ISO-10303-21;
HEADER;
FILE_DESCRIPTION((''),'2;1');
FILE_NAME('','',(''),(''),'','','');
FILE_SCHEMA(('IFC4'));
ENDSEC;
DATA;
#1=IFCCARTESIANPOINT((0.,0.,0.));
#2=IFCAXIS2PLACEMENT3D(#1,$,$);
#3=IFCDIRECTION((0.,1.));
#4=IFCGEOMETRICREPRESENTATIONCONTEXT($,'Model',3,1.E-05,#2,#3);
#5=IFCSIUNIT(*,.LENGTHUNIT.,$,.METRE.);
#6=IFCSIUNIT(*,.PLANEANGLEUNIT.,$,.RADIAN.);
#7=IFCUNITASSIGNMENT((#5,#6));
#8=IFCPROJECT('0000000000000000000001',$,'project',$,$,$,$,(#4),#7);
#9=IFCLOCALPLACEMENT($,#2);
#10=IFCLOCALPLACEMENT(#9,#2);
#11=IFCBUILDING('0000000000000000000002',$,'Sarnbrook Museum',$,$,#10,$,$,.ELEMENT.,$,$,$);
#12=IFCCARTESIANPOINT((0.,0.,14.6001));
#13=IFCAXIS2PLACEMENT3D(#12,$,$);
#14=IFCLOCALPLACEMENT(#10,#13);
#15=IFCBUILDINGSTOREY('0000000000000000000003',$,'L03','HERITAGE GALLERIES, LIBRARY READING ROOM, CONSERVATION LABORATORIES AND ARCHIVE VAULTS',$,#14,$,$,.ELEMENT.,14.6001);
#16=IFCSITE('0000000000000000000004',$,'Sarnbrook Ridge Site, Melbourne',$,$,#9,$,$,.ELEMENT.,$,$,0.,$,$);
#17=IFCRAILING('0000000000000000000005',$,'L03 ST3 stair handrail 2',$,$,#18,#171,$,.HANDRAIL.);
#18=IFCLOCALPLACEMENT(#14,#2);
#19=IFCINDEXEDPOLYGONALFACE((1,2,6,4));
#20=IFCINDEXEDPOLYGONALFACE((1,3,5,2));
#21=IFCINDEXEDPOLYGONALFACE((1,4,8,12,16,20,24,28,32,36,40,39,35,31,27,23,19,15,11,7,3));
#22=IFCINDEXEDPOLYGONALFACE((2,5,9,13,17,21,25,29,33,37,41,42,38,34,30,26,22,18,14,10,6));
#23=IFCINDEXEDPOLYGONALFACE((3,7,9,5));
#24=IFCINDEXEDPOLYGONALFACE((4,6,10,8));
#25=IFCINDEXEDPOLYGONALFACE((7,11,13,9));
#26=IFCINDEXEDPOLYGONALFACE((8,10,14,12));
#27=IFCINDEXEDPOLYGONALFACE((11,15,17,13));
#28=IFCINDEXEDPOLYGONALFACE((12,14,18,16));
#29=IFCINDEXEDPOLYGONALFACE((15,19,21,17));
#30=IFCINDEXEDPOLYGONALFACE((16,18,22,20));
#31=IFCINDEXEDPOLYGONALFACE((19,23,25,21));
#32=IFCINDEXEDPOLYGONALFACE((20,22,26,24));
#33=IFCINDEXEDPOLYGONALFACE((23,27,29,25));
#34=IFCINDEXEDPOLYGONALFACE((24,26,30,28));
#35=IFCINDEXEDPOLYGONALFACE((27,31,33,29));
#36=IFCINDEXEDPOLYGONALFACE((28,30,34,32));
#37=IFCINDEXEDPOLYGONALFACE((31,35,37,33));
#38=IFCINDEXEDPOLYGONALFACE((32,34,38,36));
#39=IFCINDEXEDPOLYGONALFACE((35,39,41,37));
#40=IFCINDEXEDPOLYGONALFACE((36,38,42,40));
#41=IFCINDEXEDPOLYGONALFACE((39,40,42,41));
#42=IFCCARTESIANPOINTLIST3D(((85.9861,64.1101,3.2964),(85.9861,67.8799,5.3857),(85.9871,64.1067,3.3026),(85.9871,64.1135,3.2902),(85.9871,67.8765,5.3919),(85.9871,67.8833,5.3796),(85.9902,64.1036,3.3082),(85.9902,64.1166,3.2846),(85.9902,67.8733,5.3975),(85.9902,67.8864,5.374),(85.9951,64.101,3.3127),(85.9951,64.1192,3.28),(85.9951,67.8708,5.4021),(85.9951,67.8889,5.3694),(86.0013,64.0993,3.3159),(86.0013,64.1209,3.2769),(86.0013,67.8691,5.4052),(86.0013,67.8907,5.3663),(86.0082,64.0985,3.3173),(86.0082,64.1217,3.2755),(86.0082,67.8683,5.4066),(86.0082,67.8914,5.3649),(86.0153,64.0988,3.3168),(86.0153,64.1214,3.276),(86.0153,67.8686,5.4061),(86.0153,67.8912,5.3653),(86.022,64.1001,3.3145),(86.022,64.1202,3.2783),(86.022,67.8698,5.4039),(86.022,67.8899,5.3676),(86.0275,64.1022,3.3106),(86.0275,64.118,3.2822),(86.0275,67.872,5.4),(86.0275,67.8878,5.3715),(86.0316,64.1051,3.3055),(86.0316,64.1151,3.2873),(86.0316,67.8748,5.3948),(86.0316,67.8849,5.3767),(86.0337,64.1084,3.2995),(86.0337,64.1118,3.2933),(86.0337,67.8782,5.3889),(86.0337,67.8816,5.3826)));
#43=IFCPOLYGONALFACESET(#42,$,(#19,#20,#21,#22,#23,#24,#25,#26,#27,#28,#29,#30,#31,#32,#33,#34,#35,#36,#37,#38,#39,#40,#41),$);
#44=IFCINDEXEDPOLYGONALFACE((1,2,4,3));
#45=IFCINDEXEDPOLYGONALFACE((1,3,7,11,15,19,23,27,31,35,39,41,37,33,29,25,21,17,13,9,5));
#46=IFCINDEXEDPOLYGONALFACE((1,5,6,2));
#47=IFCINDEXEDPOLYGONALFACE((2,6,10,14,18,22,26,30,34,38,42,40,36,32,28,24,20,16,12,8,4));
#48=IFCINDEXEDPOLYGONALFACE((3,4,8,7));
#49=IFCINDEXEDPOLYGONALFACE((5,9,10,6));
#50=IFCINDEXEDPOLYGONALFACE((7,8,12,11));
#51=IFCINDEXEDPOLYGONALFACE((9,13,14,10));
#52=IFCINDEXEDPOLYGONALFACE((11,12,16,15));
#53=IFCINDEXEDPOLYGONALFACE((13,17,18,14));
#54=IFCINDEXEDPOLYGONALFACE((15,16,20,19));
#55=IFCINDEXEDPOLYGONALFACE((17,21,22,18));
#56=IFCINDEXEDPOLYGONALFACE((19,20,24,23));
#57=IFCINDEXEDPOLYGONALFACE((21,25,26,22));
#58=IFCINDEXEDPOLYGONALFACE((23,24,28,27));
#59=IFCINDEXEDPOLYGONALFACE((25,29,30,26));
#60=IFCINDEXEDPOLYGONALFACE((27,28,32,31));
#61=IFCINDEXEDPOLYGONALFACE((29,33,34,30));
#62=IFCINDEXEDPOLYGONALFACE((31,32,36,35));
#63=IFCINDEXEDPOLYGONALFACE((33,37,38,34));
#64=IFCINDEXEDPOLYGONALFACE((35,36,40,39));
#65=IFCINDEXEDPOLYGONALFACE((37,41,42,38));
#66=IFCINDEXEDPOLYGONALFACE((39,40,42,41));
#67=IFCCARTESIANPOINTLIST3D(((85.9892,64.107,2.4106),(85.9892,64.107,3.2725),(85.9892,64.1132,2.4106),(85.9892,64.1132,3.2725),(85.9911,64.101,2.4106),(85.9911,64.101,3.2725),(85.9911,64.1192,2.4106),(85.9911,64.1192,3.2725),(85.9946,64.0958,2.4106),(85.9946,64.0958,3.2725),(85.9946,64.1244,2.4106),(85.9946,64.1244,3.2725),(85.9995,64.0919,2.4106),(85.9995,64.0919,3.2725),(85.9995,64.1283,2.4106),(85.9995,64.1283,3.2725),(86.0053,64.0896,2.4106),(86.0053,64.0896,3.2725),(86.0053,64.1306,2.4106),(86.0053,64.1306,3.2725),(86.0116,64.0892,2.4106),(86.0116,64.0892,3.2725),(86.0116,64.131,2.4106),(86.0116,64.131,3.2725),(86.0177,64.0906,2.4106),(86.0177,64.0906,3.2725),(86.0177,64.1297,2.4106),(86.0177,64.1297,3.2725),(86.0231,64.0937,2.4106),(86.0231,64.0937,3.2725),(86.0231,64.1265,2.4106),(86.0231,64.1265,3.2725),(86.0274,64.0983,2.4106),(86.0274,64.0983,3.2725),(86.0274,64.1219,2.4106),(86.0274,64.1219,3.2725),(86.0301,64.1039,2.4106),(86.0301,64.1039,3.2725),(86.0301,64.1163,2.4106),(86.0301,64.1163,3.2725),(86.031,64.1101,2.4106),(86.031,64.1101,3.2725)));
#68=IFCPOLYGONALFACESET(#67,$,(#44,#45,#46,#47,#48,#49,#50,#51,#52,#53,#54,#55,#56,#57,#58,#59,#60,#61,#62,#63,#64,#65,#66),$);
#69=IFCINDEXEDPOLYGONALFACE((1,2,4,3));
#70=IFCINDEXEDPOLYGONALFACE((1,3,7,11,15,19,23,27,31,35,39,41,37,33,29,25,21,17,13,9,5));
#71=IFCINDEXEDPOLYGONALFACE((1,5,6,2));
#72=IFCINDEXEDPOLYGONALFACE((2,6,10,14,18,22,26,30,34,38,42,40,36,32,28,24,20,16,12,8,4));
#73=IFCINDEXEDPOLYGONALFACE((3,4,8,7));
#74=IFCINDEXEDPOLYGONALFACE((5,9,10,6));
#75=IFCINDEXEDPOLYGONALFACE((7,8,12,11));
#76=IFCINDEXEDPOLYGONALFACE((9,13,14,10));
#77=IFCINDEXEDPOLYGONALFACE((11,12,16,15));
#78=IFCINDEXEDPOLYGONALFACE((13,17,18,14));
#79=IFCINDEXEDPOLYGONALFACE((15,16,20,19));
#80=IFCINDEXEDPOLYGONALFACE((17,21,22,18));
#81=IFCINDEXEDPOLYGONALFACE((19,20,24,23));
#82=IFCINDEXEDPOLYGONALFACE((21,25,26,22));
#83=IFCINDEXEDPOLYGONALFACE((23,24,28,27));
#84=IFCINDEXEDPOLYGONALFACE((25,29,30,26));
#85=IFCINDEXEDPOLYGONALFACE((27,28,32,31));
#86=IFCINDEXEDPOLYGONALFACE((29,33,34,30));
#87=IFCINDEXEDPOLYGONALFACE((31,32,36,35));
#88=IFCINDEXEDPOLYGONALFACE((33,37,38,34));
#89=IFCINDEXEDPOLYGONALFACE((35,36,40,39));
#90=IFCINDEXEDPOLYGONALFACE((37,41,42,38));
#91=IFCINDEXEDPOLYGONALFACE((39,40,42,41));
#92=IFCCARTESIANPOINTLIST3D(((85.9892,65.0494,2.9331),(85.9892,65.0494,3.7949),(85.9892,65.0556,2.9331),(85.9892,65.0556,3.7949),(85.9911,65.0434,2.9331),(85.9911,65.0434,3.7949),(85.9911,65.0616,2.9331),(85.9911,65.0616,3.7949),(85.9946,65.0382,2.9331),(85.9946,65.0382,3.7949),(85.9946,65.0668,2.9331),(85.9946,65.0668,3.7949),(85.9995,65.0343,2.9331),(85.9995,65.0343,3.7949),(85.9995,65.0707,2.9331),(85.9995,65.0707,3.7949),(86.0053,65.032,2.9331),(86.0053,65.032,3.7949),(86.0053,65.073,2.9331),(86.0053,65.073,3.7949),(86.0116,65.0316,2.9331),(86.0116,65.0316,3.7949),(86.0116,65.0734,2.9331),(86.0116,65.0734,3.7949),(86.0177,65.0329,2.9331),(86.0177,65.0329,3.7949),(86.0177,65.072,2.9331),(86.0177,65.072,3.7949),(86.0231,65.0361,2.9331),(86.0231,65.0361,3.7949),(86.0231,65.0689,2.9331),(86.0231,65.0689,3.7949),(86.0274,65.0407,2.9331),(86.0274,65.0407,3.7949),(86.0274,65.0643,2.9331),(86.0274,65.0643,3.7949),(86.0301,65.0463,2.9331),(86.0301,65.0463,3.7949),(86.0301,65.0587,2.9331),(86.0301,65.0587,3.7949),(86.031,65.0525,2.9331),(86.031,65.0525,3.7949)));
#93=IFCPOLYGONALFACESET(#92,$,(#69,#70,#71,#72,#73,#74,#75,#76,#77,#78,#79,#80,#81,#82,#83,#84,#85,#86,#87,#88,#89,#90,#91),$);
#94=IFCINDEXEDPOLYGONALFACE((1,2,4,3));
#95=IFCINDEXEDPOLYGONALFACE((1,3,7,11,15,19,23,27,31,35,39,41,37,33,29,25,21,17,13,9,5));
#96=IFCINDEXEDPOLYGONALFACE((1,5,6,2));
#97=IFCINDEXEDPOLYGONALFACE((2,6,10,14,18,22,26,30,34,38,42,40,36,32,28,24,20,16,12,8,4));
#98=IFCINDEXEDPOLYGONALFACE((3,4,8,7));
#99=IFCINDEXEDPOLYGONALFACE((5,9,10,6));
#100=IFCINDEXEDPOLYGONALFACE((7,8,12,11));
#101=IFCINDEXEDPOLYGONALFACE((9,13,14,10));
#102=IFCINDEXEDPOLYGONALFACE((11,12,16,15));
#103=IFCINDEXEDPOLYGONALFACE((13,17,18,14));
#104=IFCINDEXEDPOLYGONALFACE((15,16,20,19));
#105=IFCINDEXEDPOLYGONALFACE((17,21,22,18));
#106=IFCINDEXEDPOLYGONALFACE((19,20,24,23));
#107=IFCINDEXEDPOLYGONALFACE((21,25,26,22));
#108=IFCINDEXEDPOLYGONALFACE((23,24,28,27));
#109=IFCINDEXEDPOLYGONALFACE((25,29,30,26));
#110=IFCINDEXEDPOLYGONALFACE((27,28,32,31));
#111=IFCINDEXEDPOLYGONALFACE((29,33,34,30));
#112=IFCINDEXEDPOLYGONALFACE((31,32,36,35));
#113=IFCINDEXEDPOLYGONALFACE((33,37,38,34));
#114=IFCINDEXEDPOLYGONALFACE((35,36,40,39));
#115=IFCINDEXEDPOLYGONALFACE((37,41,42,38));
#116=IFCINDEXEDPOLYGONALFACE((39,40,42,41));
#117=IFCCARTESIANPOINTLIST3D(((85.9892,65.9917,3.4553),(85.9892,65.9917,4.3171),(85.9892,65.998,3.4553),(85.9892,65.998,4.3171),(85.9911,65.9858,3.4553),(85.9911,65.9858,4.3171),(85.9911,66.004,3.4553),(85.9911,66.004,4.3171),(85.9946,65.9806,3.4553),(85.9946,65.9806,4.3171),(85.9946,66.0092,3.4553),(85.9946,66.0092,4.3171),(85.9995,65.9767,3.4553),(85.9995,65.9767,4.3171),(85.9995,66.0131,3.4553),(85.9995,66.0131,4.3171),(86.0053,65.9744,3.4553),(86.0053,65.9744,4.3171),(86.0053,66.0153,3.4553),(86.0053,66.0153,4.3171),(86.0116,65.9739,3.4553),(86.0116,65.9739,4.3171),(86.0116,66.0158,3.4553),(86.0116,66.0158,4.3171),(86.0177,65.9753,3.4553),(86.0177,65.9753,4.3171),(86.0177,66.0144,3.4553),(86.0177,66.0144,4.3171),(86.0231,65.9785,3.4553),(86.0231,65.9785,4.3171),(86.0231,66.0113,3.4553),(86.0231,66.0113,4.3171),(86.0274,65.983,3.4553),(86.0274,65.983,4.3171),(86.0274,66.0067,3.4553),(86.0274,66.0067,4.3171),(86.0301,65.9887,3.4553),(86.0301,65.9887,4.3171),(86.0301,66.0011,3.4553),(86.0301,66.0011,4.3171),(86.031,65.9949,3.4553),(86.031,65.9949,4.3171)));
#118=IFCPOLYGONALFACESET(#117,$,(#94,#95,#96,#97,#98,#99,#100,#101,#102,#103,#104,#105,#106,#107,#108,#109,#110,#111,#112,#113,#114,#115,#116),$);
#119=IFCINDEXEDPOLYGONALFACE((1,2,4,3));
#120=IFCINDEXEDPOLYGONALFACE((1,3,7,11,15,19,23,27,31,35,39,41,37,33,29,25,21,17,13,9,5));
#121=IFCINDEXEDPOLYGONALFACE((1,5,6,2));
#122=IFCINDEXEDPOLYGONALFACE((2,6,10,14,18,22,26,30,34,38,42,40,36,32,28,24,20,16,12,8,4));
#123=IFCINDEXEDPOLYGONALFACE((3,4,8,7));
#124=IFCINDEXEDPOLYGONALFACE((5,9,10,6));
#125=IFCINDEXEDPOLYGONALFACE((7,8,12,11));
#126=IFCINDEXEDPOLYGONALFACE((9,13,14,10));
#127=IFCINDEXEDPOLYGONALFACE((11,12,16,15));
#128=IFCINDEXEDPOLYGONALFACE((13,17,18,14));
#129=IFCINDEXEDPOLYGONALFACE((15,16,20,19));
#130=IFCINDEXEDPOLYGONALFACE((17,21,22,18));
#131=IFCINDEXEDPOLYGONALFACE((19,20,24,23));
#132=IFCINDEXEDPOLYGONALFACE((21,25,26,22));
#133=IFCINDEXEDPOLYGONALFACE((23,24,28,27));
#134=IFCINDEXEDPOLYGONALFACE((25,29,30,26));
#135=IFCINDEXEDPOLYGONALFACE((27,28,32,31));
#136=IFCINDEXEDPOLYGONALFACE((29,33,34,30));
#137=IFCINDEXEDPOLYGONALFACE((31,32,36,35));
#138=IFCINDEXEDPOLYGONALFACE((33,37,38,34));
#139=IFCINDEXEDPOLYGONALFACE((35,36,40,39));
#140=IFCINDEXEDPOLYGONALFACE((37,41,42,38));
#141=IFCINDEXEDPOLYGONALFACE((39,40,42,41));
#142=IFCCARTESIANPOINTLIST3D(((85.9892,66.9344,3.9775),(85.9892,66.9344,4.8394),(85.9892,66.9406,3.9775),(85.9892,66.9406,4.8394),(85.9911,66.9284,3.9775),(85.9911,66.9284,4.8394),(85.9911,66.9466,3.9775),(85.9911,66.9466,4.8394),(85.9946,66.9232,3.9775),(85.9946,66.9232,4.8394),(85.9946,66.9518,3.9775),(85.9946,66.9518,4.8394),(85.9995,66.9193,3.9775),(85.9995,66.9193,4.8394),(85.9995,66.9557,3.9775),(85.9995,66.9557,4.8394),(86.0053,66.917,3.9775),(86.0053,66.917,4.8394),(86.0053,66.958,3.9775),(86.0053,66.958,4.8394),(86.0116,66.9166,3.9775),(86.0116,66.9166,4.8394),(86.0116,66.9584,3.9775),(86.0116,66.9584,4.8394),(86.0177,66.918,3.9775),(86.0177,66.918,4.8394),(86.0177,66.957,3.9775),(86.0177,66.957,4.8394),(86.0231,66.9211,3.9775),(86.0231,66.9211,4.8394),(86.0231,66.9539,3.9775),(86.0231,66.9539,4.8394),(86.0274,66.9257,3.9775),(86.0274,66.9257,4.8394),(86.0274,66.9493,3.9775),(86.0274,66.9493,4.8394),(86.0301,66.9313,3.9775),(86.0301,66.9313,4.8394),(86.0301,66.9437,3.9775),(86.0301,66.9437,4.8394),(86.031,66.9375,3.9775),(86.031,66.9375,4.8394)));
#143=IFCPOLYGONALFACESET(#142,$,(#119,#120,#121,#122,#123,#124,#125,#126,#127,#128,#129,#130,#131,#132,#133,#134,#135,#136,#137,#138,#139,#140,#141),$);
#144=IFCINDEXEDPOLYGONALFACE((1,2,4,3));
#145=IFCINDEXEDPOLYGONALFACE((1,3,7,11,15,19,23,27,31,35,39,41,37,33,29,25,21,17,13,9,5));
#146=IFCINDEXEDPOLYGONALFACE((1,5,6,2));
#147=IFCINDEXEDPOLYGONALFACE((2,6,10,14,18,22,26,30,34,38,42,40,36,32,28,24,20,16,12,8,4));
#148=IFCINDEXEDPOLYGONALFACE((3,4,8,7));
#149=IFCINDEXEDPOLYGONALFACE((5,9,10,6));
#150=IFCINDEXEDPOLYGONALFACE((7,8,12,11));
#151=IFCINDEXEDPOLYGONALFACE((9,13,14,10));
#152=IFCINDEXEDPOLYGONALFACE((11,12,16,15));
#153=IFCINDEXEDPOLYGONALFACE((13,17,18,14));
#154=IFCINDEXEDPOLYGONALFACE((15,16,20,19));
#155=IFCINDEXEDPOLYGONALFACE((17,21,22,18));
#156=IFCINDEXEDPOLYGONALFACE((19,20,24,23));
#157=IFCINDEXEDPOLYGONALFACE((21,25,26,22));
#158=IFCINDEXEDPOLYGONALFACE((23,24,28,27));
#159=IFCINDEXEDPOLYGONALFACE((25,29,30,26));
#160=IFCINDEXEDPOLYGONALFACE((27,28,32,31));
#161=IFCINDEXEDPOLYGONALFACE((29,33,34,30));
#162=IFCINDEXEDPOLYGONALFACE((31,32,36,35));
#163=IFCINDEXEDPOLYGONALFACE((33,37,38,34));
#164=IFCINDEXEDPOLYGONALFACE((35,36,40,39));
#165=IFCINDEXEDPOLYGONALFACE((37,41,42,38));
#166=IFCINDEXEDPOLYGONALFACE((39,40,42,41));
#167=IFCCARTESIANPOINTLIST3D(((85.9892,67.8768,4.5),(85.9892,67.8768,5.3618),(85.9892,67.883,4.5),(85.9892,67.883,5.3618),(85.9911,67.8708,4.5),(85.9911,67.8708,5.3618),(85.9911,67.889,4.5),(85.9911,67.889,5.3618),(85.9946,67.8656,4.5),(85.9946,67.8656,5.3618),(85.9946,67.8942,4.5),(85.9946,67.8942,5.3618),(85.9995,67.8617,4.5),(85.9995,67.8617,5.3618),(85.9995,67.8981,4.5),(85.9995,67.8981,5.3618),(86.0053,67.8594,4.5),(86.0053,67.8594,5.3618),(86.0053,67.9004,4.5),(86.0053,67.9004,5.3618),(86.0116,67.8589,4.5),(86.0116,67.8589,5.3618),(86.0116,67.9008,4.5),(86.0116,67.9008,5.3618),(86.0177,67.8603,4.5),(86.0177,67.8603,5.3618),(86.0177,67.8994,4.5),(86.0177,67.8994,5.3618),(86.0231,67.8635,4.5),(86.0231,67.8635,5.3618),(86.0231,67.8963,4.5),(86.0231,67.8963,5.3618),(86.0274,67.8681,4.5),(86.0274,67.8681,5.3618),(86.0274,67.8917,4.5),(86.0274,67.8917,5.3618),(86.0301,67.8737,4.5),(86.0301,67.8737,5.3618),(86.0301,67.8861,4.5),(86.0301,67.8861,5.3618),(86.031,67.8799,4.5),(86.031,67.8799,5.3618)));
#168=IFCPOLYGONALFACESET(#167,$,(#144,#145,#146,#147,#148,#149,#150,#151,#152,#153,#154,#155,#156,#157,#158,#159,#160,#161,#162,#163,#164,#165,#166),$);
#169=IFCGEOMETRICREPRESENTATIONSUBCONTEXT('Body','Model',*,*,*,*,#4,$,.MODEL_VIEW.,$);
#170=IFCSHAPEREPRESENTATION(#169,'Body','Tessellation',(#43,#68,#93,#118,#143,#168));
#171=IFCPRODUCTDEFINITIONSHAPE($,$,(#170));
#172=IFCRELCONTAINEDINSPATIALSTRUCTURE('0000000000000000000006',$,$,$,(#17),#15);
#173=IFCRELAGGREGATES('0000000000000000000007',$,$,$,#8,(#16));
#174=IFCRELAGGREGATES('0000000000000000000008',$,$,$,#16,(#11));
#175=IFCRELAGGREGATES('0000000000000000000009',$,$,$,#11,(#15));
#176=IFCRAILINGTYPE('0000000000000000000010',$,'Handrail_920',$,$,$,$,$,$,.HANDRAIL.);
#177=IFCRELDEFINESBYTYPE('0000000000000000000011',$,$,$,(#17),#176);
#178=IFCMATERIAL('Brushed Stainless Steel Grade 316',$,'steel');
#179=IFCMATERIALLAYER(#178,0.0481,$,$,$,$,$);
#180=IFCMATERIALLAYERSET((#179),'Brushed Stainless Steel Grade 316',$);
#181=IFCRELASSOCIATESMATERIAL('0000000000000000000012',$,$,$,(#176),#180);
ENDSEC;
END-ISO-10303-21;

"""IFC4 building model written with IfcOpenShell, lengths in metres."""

from ifc_helpers import new_model, si_unit, direction, frame, origin, origin_2d, place, context, subcontext, project, spatial, circle, extrude, material, layer, layer_set, type_object, element, save


model = new_model("IFC4")

# Units and contexts
model_context = context("Model", 3, precision=1e-05, world=origin(), true_north=direction((0.0, 1.0)))
body_context = subcontext(model_context, "Body", "Model", "MODEL_VIEW")
ifc_project = project(units=[si_unit("LENGTHUNIT", "METRE"), si_unit("PLANEANGLEUNIT", "RADIAN")], contexts=[model_context])

# Site, building, storey
site_placement = place(None, origin())
site = spatial("IfcSite", under=ifc_project, at=site_placement, Name="Sarnbrook Ridge Site, Melbourne", CompositionType="ELEMENT", RefElevation=0.0)
building_placement = place(site_placement, origin())
building = spatial("IfcBuilding", under=site, at=building_placement, Name="Sarnbrook Museum", CompositionType="ELEMENT")
storey_placement = place(building_placement, frame((0.0, 0.0, 14.6001)))
storey = spatial("IfcBuildingStorey", under=building, at=storey_placement, Name="L03", Description="HERITAGE GALLERIES, LIBRARY READING ROOM, CONSERVATION LABORATORIES AND ARCHIVE VAULTS", CompositionType="ELEMENT", Elevation=14.6001)

# Railing
ifc_material_1 = material(Name="Brushed Stainless Steel Grade 316", Category="steel")
ifc_layer_1 = layer(ifc_material_1, 0.0481)
ifc_layer_set_1 = layer_set([ifc_layer_1], Name="Brushed Stainless Steel Grade 316")
railing_type_1 = type_object("IfcRailingType", Name="Handrail_920", PredefinedType="HANDRAIL", material=ifc_layer_set_1)
railing_1_placement = place(storey_placement, frame((86.01, 64.1101, 2.4106)))
element("IfcRailing", 1, at=railing_1_placement, inside=storey, type_object=railing_type_1, Name="L03 ST3 stair handrail 2", PredefinedType="HANDRAIL", context=body_context, shape_type="SweptSolid", body=[
    extrude(circle(Radius=0.0239, at=origin_2d()), frame((0.0, 0.0, 0.8857), z_axis=(0.0, 0.874646, 0.484763), x_axis=(-1.0, 0.0, 0.0)), (0.0, 0.0, 1.0), 4.3101),
    extrude(circle(Radius=0.021, at=origin_2d()), origin(), (0.0, 0.0, 1.0), 0.8618),
    extrude(circle(Radius=0.021, at=origin_2d()), frame((0.0, 0.9424, 0.5225)), (0.0, 0.0, 1.0), 0.8618),
    extrude(circle(Radius=0.021, at=origin_2d()), frame((0.0, 1.8848, 1.0447)), (0.0, 0.0, 1.0), 0.8618),
    extrude(circle(Radius=0.021, at=origin_2d()), frame((0.0, 2.8274, 1.5669)), (0.0, 0.0, 1.0), 0.8618),
    extrude(circle(Radius=0.021, at=origin_2d()), frame((0.0, 3.7698, 2.0894)), (0.0, 0.0, 1.0), 0.8618),
])

save(model, "model.ifc")
